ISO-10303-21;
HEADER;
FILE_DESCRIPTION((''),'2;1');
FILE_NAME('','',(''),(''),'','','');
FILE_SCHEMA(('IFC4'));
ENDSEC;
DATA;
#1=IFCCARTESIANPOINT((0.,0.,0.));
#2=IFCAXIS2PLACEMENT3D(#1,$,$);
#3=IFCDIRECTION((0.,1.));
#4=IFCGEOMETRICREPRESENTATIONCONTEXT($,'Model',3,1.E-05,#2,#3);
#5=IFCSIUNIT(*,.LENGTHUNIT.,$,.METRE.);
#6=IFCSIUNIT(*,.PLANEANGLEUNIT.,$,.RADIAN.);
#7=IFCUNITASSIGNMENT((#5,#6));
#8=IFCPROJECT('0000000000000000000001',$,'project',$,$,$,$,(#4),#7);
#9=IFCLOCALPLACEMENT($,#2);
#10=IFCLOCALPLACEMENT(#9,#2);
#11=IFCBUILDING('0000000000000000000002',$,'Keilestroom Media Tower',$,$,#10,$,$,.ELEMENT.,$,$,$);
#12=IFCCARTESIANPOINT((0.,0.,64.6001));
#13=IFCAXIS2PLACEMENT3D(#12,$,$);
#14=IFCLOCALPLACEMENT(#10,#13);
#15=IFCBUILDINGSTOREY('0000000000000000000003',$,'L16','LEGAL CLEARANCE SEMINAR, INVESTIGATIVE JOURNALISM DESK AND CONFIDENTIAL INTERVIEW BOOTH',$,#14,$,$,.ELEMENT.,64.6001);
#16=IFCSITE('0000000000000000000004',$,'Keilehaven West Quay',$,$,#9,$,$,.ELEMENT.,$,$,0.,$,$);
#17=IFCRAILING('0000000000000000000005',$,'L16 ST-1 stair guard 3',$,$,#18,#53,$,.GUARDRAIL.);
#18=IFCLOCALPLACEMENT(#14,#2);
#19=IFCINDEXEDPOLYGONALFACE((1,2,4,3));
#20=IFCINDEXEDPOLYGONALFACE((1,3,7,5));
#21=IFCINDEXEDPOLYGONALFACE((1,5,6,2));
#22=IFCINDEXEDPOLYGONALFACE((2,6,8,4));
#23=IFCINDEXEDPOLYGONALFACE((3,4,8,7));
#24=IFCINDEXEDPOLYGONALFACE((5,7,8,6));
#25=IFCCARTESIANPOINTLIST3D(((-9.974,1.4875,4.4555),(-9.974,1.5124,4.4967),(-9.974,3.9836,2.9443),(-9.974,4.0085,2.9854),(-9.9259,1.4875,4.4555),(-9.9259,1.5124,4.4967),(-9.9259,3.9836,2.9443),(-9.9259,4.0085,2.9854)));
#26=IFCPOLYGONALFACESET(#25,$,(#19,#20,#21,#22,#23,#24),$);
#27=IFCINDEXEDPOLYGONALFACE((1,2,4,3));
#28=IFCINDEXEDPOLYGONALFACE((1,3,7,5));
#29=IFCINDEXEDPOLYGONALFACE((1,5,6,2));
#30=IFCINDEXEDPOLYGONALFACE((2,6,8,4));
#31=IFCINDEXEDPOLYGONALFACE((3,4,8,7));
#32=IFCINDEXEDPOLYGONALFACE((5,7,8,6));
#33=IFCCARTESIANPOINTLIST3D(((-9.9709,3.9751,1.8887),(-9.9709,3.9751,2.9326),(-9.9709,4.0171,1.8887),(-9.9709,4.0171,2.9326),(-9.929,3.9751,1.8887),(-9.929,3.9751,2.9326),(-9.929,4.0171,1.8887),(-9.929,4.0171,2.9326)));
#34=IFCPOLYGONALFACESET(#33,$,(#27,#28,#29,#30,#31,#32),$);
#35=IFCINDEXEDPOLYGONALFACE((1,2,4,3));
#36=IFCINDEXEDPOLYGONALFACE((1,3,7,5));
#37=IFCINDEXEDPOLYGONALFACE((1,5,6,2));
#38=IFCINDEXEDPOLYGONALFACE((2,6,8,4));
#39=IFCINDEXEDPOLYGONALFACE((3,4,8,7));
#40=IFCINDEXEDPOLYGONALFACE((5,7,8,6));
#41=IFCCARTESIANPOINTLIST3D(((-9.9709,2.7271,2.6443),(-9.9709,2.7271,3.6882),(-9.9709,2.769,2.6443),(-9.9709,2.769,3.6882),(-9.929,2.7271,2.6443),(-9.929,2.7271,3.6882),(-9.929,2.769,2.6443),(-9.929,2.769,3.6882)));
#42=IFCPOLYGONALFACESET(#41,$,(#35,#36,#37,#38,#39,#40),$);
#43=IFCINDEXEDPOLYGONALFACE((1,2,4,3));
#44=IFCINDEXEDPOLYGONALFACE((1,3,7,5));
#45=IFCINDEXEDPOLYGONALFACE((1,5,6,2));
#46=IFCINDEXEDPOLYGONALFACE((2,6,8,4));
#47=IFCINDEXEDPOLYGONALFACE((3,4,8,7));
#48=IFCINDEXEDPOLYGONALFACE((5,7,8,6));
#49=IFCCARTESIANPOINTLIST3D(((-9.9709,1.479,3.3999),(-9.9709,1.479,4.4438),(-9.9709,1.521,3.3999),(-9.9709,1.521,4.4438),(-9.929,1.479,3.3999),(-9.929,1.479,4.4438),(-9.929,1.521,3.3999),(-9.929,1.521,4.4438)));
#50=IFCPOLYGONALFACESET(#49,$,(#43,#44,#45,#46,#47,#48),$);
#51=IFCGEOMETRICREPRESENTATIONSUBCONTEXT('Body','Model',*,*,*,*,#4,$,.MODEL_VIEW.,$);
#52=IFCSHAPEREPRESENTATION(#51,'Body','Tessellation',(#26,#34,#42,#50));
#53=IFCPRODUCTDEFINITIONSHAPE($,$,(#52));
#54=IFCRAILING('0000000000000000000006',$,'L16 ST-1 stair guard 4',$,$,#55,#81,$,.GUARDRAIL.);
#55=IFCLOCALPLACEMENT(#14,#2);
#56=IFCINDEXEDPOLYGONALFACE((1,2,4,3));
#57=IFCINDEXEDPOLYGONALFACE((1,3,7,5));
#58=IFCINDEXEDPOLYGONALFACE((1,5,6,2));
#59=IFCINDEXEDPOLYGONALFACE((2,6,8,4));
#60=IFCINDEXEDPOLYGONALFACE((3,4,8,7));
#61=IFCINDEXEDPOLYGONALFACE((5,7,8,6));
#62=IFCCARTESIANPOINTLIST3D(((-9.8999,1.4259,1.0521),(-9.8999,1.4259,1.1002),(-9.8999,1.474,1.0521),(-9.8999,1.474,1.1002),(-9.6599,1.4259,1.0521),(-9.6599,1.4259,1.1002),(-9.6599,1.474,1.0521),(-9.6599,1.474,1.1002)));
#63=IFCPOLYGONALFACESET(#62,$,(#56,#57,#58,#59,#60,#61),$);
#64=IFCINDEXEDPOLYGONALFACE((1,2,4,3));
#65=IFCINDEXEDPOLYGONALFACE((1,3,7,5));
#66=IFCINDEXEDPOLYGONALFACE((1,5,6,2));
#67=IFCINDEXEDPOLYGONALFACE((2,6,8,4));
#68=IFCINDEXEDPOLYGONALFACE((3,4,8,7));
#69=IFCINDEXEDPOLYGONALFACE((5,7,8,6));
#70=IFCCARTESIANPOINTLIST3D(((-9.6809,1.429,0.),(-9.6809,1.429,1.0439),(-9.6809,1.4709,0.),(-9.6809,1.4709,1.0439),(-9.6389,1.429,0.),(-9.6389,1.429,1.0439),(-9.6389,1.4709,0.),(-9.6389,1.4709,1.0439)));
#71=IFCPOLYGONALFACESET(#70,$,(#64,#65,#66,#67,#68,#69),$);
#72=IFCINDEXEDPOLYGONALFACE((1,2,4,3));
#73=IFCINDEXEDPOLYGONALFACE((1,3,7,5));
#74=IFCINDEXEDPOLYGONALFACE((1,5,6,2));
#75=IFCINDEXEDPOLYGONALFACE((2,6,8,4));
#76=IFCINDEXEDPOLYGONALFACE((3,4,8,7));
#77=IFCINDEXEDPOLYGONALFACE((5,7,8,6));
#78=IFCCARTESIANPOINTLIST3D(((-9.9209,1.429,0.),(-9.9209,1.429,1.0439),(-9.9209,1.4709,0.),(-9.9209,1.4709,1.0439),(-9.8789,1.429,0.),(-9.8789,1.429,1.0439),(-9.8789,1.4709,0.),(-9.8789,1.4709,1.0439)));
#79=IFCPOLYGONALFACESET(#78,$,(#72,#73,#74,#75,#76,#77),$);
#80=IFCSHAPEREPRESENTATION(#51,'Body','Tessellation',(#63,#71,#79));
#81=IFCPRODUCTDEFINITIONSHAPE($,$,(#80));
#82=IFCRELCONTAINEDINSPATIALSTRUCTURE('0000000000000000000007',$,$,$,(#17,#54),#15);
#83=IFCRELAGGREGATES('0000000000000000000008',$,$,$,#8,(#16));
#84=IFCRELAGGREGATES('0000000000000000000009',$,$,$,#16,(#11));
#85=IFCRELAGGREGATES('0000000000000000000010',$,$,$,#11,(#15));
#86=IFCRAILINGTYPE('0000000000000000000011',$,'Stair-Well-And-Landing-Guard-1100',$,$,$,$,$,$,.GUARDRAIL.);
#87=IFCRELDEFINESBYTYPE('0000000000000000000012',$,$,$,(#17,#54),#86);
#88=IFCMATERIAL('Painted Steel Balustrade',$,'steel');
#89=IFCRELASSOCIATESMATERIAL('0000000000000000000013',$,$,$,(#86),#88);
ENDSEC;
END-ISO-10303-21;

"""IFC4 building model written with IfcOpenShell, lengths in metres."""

from ifc_helpers import new_model, si_unit, direction, frame, origin, origin_2d, place, context, subcontext, project, spatial, rectangle, extrude, material, type_object, element, save


model = new_model("IFC4")

# Units and contexts
model_context = context("Model", 3, precision=1e-05, world=origin(), true_north=direction((0.0, 1.0)))
body_context = subcontext(model_context, "Body", "Model", "MODEL_VIEW")
ifc_project = project(units=[si_unit("LENGTHUNIT", "METRE"), si_unit("PLANEANGLEUNIT", "RADIAN")], contexts=[model_context])

# Site, building, storey
site_placement = place(None, origin())
site = spatial("IfcSite", under=ifc_project, at=site_placement, Name="Keilehaven West Quay", CompositionType="ELEMENT", RefElevation=0.0)
building_placement = place(site_placement, origin())
building = spatial("IfcBuilding", under=site, at=building_placement, Name="Keilestroom Media Tower", CompositionType="ELEMENT")
storey_placement = place(building_placement, frame((0.0, 0.0, 64.6001)))
storey = spatial("IfcBuildingStorey", under=building, at=storey_placement, Name="L16", Description="LEGAL CLEARANCE SEMINAR, INVESTIGATIVE JOURNALISM DESK AND CONFIDENTIAL INTERVIEW BOOTH", CompositionType="ELEMENT", Elevation=64.6001)

# Railings
ifc_material_1 = material(Name="Painted Steel Balustrade", Category="steel")
railing_type_1 = type_object("IfcRailingType", Name="Stair-Well-And-Landing-Guard-1100", PredefinedType="GUARDRAIL", material=ifc_material_1)
railing_1_placement = place(storey_placement, frame((-9.95, 3.9961, 1.8887)))
element("IfcRailing", 1, at=railing_1_placement, inside=storey, type_object=railing_type_1, Name="L16 ST-1 stair guard 3", PredefinedType="GUARDRAIL", context=body_context, shape_type="SweptSolid", body=[
    extrude(rectangle(XDim=0.0481, YDim=0.0481, at=origin_2d()), frame((0.0, 0.0, 1.0762), z_axis=(0.0, -0.855434, 0.517912), x_axis=(1.0, 0.0, 0.0)), (0.0, 0.0, 1.0), 2.918),
    extrude(rectangle(XDim=0.042, YDim=0.042, at=origin_2d()), origin(), (0.0, 0.0, 1.0), 1.0439),
    extrude(rectangle(XDim=0.042, YDim=0.042, at=origin_2d()), frame((0.0, -1.248, 0.7556)), (0.0, 0.0, 1.0), 1.0439),
    extrude(rectangle(XDim=0.042, YDim=0.042, at=origin_2d()), frame((0.0, -2.4961, 1.5112)), (0.0, 0.0, 1.0), 1.0439),
])
railing_2_placement = place(storey_placement, frame((-9.6599, 1.45, 0.0)))
element("IfcRailing", 2, at=railing_2_placement, inside=storey, type_object=railing_type_1, Name="L16 ST-1 stair guard 4", PredefinedType="GUARDRAIL", context=body_context, shape_type="SweptSolid", body=[
    extrude(rectangle(XDim=0.0481, YDim=0.0481, at=origin_2d()), frame((0.0, 0.0, 1.0762), z_axis=(-1.0, 0.0, 0.0), x_axis=(0.0, -1.0, 0.0)), (0.0, 0.0, 1.0), 0.24),
    extrude(rectangle(XDim=0.042, YDim=0.042, at=origin_2d()), origin(), (0.0, 0.0, 1.0), 1.0439),
    extrude(rectangle(XDim=0.042, YDim=0.042, at=origin_2d()), frame((-0.24, 0.0, 0.0)), (0.0, 0.0, 1.0), 1.0439),
])

save(model, "model.ifc")
